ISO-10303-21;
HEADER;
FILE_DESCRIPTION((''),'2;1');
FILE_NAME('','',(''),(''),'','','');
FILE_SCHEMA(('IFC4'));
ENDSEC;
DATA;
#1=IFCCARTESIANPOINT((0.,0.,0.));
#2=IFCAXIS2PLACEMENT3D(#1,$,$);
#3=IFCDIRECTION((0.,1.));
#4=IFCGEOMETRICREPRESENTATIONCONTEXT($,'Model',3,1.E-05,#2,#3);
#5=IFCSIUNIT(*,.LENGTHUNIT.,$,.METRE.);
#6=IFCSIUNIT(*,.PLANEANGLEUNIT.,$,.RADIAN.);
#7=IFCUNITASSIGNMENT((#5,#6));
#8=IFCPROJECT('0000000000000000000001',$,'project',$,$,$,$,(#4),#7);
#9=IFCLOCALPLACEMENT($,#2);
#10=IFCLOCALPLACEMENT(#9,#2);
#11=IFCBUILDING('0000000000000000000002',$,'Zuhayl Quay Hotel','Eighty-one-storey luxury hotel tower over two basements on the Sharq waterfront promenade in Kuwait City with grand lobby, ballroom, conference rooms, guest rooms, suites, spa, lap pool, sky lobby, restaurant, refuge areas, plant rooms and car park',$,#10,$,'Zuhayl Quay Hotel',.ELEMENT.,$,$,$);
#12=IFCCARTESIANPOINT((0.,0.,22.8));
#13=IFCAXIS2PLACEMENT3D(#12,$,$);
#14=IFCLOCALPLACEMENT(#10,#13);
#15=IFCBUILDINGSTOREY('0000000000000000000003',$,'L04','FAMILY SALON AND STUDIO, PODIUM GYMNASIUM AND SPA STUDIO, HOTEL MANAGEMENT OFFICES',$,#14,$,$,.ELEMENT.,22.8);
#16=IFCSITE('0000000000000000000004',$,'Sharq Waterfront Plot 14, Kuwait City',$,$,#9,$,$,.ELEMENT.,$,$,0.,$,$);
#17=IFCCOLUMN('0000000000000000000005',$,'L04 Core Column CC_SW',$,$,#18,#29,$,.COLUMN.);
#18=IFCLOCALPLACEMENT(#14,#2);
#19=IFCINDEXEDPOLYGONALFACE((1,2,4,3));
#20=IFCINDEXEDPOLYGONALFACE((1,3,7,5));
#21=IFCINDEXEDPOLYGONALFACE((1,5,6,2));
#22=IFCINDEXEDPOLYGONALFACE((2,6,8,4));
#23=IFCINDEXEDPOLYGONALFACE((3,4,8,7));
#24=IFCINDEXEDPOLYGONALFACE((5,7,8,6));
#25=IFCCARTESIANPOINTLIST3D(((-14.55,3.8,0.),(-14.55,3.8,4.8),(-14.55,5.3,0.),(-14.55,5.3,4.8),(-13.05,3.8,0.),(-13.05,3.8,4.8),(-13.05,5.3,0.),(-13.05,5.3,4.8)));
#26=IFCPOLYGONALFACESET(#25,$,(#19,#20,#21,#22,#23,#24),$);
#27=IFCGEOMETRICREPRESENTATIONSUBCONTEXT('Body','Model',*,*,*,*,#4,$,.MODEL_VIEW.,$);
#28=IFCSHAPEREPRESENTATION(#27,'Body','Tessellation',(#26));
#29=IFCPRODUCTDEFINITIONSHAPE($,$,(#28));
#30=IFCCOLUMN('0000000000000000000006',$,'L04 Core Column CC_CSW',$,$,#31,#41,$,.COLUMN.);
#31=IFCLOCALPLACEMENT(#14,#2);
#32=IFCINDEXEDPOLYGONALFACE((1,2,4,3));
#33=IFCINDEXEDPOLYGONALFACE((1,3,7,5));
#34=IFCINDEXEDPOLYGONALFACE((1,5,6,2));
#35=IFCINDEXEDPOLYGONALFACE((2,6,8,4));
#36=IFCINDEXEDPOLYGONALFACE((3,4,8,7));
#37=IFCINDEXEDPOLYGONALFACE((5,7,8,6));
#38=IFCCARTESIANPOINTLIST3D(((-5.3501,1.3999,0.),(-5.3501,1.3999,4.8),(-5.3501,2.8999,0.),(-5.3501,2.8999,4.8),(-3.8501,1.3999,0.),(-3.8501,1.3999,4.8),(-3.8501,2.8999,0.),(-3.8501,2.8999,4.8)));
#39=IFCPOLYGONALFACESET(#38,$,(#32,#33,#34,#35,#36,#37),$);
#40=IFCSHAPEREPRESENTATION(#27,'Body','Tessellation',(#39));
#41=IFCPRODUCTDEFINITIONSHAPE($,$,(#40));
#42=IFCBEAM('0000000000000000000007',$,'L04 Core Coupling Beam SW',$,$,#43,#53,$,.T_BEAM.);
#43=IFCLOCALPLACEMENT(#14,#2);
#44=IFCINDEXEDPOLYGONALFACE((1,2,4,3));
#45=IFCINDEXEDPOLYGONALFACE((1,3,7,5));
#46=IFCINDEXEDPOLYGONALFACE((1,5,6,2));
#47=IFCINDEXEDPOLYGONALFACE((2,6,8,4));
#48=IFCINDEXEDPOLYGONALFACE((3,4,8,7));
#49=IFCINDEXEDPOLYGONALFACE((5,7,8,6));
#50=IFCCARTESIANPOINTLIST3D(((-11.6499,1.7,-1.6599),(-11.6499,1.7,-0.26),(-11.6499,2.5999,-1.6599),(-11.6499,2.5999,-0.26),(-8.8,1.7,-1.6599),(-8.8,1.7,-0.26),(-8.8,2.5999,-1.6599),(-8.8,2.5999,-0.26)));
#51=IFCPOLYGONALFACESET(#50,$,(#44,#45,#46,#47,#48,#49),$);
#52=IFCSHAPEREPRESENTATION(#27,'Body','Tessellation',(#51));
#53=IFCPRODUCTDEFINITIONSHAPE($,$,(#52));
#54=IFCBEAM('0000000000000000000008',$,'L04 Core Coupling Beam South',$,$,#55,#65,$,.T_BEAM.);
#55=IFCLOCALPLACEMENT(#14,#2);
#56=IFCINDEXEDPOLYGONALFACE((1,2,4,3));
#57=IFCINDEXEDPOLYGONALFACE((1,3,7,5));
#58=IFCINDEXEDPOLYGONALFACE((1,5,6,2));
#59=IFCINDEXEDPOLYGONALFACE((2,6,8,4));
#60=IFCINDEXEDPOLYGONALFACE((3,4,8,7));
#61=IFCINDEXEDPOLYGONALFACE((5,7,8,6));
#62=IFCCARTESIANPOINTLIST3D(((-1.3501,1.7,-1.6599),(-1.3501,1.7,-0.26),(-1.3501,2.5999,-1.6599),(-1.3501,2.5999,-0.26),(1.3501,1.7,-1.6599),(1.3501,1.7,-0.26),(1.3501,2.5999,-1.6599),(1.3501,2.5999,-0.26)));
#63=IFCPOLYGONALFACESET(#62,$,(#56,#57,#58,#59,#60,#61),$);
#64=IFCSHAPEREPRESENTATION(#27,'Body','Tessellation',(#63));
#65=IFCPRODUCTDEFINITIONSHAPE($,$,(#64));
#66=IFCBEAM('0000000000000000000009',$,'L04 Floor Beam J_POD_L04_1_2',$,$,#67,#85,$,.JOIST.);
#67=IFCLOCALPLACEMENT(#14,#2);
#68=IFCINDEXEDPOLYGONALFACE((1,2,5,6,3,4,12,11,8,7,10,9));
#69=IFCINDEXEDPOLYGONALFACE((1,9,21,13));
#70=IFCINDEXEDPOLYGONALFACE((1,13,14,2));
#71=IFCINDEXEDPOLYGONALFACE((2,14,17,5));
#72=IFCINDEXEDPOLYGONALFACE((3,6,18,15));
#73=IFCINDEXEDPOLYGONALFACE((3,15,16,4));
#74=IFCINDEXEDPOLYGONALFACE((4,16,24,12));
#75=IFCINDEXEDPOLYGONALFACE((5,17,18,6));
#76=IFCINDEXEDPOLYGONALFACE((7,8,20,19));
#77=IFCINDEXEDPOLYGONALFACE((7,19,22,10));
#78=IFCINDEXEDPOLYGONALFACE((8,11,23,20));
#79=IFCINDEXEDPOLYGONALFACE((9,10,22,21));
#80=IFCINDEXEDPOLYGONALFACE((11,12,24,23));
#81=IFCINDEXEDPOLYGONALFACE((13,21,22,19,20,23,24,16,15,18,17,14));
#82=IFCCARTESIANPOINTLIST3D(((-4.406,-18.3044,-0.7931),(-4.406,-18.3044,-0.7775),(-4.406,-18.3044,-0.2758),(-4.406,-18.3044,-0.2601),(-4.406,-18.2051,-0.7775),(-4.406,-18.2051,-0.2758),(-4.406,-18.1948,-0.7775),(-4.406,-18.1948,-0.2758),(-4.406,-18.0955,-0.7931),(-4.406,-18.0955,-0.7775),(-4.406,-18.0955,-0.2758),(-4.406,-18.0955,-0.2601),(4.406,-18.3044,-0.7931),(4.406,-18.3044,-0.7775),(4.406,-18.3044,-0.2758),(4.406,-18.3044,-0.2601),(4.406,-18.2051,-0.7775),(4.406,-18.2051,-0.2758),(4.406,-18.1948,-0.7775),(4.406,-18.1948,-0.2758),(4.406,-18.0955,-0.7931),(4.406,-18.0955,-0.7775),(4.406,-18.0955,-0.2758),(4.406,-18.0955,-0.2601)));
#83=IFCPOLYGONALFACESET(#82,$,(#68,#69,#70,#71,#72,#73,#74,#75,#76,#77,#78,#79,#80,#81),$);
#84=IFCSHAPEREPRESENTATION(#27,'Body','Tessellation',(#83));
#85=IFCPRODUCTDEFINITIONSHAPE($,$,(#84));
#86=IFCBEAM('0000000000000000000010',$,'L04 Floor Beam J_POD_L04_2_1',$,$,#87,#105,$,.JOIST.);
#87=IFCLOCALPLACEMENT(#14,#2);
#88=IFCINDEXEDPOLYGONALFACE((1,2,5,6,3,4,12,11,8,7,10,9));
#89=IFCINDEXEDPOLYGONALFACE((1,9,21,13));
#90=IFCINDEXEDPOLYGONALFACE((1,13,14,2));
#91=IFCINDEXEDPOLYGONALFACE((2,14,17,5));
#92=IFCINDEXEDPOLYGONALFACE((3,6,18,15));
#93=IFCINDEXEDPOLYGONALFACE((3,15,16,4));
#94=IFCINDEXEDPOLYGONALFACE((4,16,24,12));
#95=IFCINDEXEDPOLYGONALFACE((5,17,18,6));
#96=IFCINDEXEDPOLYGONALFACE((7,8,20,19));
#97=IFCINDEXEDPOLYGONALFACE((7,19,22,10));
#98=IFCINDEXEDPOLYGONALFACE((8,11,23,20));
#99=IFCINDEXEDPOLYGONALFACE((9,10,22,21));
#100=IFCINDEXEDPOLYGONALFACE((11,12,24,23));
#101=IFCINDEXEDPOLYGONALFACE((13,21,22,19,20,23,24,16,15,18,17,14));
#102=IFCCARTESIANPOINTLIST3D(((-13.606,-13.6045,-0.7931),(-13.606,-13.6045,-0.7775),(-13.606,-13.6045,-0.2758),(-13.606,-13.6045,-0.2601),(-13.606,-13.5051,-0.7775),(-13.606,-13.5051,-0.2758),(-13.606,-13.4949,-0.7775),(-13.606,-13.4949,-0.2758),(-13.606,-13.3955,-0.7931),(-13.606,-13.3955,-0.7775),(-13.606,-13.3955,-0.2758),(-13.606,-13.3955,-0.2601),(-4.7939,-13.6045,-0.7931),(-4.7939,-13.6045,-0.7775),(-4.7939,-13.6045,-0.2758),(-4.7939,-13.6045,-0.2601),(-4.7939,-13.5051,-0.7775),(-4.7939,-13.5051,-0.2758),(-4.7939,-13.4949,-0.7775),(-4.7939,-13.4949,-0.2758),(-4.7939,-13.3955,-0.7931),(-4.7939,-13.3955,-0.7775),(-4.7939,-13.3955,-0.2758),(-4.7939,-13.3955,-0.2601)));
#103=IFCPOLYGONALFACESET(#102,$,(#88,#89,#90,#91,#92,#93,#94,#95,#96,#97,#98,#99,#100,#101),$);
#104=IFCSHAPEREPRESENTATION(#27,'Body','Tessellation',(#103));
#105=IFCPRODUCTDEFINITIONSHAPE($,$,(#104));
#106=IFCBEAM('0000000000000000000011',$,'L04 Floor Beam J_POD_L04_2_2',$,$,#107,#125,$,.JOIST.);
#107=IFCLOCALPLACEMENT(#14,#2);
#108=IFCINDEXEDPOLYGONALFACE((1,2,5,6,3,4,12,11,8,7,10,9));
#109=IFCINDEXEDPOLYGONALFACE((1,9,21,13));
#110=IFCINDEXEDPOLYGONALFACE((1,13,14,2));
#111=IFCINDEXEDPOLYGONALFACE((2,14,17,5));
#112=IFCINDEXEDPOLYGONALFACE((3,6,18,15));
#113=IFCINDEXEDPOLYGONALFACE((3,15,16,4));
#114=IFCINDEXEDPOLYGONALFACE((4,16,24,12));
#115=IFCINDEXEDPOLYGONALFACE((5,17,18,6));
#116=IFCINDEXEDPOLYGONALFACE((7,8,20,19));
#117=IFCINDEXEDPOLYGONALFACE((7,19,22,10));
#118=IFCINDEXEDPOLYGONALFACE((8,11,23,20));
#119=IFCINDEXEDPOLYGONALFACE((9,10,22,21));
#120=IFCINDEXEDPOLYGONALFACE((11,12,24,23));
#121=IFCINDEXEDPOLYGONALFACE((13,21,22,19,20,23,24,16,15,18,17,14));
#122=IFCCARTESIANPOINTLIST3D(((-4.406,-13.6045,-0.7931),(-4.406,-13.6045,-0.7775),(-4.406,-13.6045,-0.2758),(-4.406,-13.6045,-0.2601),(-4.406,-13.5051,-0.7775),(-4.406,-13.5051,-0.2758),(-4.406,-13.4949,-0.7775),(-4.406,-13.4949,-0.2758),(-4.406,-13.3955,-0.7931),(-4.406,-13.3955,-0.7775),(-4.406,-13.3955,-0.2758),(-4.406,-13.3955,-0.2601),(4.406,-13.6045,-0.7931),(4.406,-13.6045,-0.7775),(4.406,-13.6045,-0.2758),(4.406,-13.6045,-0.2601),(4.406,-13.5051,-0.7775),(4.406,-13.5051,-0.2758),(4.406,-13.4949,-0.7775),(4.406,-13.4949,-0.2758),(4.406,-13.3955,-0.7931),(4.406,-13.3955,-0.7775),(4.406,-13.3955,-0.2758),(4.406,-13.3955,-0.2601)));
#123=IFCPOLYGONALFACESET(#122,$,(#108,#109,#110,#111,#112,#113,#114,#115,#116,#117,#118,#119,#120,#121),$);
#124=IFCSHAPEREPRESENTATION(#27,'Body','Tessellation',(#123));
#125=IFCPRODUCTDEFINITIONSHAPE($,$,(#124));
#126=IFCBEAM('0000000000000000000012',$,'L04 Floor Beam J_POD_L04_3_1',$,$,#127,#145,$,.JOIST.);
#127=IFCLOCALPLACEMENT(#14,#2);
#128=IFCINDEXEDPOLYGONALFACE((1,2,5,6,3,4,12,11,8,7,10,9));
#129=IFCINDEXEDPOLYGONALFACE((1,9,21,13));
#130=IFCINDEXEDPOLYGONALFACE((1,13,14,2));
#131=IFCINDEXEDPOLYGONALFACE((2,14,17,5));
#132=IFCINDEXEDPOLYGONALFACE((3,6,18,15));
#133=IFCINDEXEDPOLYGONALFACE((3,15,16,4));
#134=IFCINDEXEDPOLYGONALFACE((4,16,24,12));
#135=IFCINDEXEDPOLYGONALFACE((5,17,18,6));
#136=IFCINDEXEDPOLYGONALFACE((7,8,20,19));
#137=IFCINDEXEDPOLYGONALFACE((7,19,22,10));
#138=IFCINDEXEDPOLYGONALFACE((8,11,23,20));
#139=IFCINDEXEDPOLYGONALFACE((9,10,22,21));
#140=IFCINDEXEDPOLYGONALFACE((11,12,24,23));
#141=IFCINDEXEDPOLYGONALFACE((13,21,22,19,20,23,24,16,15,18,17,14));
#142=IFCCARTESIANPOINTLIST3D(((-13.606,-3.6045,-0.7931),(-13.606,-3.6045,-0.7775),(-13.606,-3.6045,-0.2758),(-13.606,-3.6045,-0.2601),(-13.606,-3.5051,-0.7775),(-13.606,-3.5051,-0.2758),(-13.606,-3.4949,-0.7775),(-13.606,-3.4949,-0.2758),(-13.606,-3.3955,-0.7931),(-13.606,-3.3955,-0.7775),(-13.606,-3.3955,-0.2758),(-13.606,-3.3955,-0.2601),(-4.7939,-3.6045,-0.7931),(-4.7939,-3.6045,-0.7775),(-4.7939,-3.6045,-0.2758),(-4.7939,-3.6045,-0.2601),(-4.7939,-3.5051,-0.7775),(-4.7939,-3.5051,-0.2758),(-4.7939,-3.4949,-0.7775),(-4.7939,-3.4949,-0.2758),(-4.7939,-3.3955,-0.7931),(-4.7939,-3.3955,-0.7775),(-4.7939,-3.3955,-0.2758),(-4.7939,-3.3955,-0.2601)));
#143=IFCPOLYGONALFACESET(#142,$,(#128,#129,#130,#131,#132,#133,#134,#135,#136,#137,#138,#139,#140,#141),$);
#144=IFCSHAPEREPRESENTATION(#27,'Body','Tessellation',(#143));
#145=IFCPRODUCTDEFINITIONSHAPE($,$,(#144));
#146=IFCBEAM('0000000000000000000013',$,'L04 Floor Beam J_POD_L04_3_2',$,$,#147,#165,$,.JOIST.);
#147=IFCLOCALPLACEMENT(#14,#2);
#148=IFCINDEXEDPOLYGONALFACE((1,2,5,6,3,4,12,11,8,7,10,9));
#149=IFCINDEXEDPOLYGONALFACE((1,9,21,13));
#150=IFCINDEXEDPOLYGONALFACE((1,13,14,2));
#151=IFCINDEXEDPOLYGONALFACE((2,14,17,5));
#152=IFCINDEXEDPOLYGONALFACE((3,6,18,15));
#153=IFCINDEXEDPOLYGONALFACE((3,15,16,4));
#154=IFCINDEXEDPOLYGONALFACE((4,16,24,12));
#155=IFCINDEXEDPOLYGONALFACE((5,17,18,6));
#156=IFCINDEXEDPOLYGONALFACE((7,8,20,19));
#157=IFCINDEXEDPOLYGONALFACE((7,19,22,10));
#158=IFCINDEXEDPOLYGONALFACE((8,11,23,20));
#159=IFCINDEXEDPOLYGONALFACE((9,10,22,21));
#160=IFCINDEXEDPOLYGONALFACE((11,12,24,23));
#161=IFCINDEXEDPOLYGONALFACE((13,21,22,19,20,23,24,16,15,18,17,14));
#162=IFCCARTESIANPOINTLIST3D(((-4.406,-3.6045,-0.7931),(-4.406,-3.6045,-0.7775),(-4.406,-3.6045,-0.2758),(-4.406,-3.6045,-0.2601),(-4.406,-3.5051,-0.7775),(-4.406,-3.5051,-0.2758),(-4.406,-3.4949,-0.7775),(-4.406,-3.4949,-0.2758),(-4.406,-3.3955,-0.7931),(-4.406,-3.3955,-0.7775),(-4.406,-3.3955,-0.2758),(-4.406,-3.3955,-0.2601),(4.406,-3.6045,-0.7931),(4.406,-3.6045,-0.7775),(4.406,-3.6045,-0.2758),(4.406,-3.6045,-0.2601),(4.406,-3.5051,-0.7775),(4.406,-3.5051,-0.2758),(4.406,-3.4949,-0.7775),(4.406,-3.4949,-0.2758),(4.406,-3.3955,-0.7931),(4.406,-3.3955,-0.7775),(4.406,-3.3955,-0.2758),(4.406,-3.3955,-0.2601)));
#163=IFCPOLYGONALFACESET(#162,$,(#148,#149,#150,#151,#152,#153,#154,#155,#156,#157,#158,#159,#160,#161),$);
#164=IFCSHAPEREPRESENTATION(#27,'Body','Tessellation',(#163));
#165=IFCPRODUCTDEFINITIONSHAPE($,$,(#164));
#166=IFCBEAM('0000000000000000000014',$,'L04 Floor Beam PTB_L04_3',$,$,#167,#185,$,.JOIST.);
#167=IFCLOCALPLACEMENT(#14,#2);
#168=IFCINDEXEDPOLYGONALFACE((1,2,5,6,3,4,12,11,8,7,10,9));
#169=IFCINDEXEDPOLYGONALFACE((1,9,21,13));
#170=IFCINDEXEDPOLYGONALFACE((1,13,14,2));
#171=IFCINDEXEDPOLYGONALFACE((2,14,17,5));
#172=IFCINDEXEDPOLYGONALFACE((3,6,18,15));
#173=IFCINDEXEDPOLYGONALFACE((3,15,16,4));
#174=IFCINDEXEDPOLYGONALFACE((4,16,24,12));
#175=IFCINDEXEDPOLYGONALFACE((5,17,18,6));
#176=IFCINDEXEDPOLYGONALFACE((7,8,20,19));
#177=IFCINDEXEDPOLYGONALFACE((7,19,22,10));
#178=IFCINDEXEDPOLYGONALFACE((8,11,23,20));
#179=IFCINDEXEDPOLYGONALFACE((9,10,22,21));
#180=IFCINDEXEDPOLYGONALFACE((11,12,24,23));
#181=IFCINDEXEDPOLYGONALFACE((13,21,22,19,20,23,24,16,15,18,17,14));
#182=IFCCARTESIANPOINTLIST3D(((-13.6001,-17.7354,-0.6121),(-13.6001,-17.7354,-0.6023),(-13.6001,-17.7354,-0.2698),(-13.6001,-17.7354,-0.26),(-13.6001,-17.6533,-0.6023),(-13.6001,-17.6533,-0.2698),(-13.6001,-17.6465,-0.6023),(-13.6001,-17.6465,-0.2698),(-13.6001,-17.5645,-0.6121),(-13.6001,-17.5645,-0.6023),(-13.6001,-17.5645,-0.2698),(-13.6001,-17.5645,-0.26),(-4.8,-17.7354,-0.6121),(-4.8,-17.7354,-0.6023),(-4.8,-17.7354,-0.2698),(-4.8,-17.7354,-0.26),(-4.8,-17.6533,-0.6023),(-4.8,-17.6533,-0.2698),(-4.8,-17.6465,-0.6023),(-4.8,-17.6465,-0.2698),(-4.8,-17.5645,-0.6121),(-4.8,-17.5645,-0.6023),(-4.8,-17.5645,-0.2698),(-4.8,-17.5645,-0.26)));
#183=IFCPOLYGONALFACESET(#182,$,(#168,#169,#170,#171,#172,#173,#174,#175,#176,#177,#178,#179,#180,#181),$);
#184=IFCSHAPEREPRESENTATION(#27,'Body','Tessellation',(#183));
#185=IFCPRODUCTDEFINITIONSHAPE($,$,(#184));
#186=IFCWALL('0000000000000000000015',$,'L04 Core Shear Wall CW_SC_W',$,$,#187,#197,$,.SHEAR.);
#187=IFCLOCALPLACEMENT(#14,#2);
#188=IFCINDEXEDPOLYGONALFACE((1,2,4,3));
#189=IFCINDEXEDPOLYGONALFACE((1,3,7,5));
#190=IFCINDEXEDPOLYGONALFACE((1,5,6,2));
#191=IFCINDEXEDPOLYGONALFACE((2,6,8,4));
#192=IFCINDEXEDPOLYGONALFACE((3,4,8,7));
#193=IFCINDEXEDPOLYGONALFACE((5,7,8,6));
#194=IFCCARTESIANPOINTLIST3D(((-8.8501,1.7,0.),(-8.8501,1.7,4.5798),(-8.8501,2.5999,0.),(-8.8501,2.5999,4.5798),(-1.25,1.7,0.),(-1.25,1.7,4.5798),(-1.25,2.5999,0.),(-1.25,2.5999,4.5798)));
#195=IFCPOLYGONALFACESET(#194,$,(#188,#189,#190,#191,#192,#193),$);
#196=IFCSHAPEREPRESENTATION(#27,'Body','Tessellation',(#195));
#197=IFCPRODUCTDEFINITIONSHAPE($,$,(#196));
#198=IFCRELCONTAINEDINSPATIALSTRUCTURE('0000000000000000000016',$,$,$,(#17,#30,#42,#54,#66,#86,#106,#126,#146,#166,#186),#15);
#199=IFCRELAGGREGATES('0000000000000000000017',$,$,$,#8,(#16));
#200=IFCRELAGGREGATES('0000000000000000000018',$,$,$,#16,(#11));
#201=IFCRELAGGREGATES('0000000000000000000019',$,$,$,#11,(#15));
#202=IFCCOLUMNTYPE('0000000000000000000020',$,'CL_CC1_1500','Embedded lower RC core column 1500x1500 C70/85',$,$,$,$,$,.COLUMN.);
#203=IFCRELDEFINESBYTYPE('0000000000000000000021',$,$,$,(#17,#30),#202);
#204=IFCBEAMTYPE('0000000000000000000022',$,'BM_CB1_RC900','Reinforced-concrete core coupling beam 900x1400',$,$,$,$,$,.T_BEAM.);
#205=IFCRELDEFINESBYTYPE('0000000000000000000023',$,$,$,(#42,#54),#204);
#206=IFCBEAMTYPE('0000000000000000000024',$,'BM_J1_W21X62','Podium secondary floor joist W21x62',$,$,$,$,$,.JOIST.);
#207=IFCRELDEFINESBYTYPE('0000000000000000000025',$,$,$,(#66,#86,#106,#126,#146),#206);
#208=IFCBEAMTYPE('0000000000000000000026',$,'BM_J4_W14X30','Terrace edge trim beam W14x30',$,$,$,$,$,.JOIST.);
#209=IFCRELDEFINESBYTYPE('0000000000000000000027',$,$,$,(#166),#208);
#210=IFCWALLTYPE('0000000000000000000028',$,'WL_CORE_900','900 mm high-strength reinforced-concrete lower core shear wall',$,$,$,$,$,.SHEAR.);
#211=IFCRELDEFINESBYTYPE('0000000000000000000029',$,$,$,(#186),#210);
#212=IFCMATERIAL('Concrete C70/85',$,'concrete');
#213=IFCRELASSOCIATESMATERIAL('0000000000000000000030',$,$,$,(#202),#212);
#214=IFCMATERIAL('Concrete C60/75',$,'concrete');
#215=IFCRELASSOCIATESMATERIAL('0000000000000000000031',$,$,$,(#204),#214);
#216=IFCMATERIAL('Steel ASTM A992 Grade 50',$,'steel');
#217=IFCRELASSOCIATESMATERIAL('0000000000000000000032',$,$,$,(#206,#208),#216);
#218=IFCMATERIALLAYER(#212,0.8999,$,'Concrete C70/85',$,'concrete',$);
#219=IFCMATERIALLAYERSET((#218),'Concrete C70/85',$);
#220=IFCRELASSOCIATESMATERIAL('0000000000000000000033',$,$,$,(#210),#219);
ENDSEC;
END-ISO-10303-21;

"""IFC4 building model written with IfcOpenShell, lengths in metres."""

from ifc_helpers import new_model, si_unit, direction, frame, frame_2d, origin, origin_2d, place, context, subcontext, project, spatial, rectangle, i_section, extrude, material, layer, layer_set, material_profile, profile_set, type_object, element, save


model = new_model("IFC4")

# Units and contexts
model_context = context("Model", 3, precision=1e-05, world=origin(), true_north=direction((0.0, 1.0)))
body_context = subcontext(model_context, "Body", "Model", "MODEL_VIEW")
ifc_project = project(units=[si_unit("LENGTHUNIT", "METRE"), si_unit("PLANEANGLEUNIT", "RADIAN")], contexts=[model_context])

# Site, building, storey
site_placement = place(None, origin())
site = spatial("IfcSite", under=ifc_project, at=site_placement, Name="Sharq Waterfront Plot 14, Kuwait City", CompositionType="ELEMENT", RefElevation=0.0)
building_placement = place(site_placement, origin())
building = spatial("IfcBuilding", under=site, at=building_placement, Name="Zuhayl Quay Hotel", Description="Eighty-one-storey luxury hotel tower over two basements on the Sharq waterfront promenade in Kuwait City with grand lobby, ballroom, conference rooms, guest rooms, suites, spa, lap pool, sky lobby, restaurant, refuge areas, plant rooms and car park", LongName="Zuhayl Quay Hotel", CompositionType="ELEMENT")
storey_placement = place(building_placement, frame((0.0, 0.0, 22.8)))
storey = spatial("IfcBuildingStorey", under=building, at=storey_placement, Name="L04", Description="FAMILY SALON AND STUDIO, PODIUM GYMNASIUM AND SPA STUDIO, HOTEL MANAGEMENT OFFICES", CompositionType="ELEMENT", Elevation=22.8)

# Columns
ifc_material_1 = material(Name="Concrete C70/85", Category="concrete")
ifc_material_profile_1 = material_profile(ifc_material_1, rectangle(XDim=1.5, YDim=1.5, at=origin_2d()), Name="RC1500X1500")
ifc_profile_set_1 = profile_set([ifc_material_profile_1], Name="Concrete C70/85")
column_type = type_object("IfcColumnType", Name="CL_CC1_1500", Description="Embedded lower RC core column 1500x1500 C70/85", PredefinedType="COLUMN", material=ifc_profile_set_1)
for number, where, z_axis, x_axis, name in (
    (1, (-13.8, 4.55, 0.0), (0.0, 0.0, 1.0), (1.0, 0.0, 0.0), "L04 Core Column CC_SW"),
    (2, (-4.6001, 2.1499, 0.0), (0.0, 0.0, 1.0), (1.0, 0.0, 0.0), "L04 Core Column CC_CSW"),
):
    element("IfcColumn", number, at=place(storey_placement, frame(where, z_axis=z_axis, x_axis=x_axis)), inside=storey, type_object=column_type, Name=name, PredefinedType="COLUMN", context=body_context, shape_type="SweptSolid", body=[
        extrude(rectangle(XDim=1.5, YDim=1.5, at=origin_2d()), origin(), (0.0, 0.0, 1.0), 4.8),
    ])

# Beams
ifc_material_2 = material(Name="Concrete C60/75", Category="concrete")
ifc_material_profile_2 = material_profile(ifc_material_2, rectangle(XDim=0.8999, YDim=1.3999, at=origin_2d()), Name="RC900X1400")
ifc_profile_set_2 = profile_set([ifc_material_profile_2], Name="Concrete C60/75")
beam_type_1 = type_object("IfcBeamType", Name="BM_CB1_RC900", Description="Reinforced-concrete core coupling beam 900x1400", PredefinedType="T_BEAM", material=ifc_profile_set_2)
beam_1_placement = place(storey_placement, frame((-11.6499, 2.1499, -0.96), z_axis=(1.0, 0.0, 0.0), x_axis=(0.0, 1.0, 0.0)))
element("IfcBeam", 3, at=beam_1_placement, inside=storey, type_object=beam_type_1, Name="L04 Core Coupling Beam SW", PredefinedType="T_BEAM", context=body_context, shape_type="SweptSolid", body=[
    extrude(rectangle(XDim=0.8999, YDim=1.3999, at=origin_2d()), origin(), (0.0, 0.0, 1.0), 2.8499),
])
beam_2_placement = place(storey_placement, frame((-1.3501, 2.1499, -0.96), z_axis=(1.0, 0.0, 0.0), x_axis=(0.0, 1.0, 0.0)))
element("IfcBeam", 4, at=beam_2_placement, inside=storey, type_object=beam_type_1, Name="L04 Core Coupling Beam South", PredefinedType="T_BEAM", context=body_context, shape_type="SweptSolid", body=[
    extrude(rectangle(XDim=0.8999, YDim=1.3999, at=origin_2d()), origin(), (0.0, 0.0, 1.0), 2.7002),
])
ifc_material_3 = material(Name="Steel ASTM A992 Grade 50", Category="steel")
ifc_material_profile_3 = material_profile(ifc_material_3, i_section(OverallWidth=0.209, OverallDepth=0.533, WebThickness=0.0103, FlangeThickness=0.0156, at=origin_2d()), Name="W21X62")
ifc_profile_set_3 = profile_set([ifc_material_profile_3], Name="Steel ASTM A992 Grade 50")
beam_type_2 = type_object("IfcBeamType", Name="BM_J1_W21X62", Description="Podium secondary floor joist W21x62", PredefinedType="JOIST", material=ifc_profile_set_3)
for number, where, z_axis, x_axis, name in (
    (5, (-4.406, -18.2, -0.5266), (1.0, 0.0, 0.0), (0.0, 1.0, 0.0), "L04 Floor Beam J_POD_L04_1_2"),
    (6, (-13.606, -13.5, -0.5266), (1.0, 0.0, 0.0), (0.0, 1.0, 0.0), "L04 Floor Beam J_POD_L04_2_1"),
    (7, (-4.406, -13.5, -0.5266), (1.0, 0.0, 0.0), (0.0, 1.0, 0.0), "L04 Floor Beam J_POD_L04_2_2"),
    (8, (-13.606, -3.5, -0.5266), (1.0, 0.0, 0.0), (0.0, 1.0, 0.0), "L04 Floor Beam J_POD_L04_3_1"),
    (9, (-4.406, -3.5, -0.5266), (1.0, 0.0, 0.0), (0.0, 1.0, 0.0), "L04 Floor Beam J_POD_L04_3_2"),
):
    element("IfcBeam", number, at=place(storey_placement, frame(where, z_axis=z_axis, x_axis=x_axis)), inside=storey, type_object=beam_type_2, Name=name, PredefinedType="JOIST", context=body_context, shape_type="SweptSolid", body=[
        extrude(i_section(OverallWidth=0.209, OverallDepth=0.533, WebThickness=0.0103, FlangeThickness=0.0156, at=origin_2d()), origin(), (0.0, 0.0, 1.0), 8.812),
    ])
ifc_material_profile_4 = material_profile(ifc_material_3, i_section(OverallWidth=0.1709, OverallDepth=0.3521, WebThickness=0.0068, FlangeThickness=0.0098, at=origin_2d()), Name="W14X30")
ifc_profile_set_4 = profile_set([ifc_material_profile_4], Name="Steel ASTM A992 Grade 50")
beam_type_3 = type_object("IfcBeamType", Name="BM_J4_W14X30", Description="Terrace edge trim beam W14x30", PredefinedType="JOIST", material=ifc_profile_set_4)
beam_3_placement = place(storey_placement, frame((-13.6001, -17.6499, -0.436), z_axis=(1.0, 0.0, 0.0), x_axis=(0.0, 1.0, 0.0)))
element("IfcBeam", 10, at=beam_3_placement, inside=storey, type_object=beam_type_3, Name="L04 Floor Beam PTB_L04_3", PredefinedType="JOIST", context=body_context, shape_type="SweptSolid", body=[
    extrude(i_section(OverallWidth=0.1709, OverallDepth=0.3521, WebThickness=0.0068, FlangeThickness=0.0098, at=origin_2d()), origin(), (0.0, 0.0, 1.0), 8.8),
])

# Wall
ifc_layer_1 = layer(ifc_material_1, 0.8999, Name="Concrete C70/85", Category="concrete")
ifc_layer_set_1 = layer_set([ifc_layer_1], Name="Concrete C70/85")
wall_type_1 = type_object("IfcWallType", Name="WL_CORE_900", Description="900 mm high-strength reinforced-concrete lower core shear wall", PredefinedType="SHEAR", material=ifc_layer_set_1)
wall_1_placement = place(storey_placement, frame((-8.8501, 2.1499, 0.0), z_axis=(0.0, 0.0, 1.0), x_axis=(1.0, 0.0, 0.0)))
element("IfcWall", 11, at=wall_1_placement, inside=storey, type_object=wall_type_1, Name="L04 Core Shear Wall CW_SC_W", PredefinedType="SHEAR", context=body_context, shape_type="SweptSolid", body=[
    extrude(rectangle(XDim=7.6001, YDim=0.8999, at=frame_2d((3.8, 0.0))), origin(), (0.0, 0.0, 1.0), 4.5798),
])

save(model, "model.ifc")
